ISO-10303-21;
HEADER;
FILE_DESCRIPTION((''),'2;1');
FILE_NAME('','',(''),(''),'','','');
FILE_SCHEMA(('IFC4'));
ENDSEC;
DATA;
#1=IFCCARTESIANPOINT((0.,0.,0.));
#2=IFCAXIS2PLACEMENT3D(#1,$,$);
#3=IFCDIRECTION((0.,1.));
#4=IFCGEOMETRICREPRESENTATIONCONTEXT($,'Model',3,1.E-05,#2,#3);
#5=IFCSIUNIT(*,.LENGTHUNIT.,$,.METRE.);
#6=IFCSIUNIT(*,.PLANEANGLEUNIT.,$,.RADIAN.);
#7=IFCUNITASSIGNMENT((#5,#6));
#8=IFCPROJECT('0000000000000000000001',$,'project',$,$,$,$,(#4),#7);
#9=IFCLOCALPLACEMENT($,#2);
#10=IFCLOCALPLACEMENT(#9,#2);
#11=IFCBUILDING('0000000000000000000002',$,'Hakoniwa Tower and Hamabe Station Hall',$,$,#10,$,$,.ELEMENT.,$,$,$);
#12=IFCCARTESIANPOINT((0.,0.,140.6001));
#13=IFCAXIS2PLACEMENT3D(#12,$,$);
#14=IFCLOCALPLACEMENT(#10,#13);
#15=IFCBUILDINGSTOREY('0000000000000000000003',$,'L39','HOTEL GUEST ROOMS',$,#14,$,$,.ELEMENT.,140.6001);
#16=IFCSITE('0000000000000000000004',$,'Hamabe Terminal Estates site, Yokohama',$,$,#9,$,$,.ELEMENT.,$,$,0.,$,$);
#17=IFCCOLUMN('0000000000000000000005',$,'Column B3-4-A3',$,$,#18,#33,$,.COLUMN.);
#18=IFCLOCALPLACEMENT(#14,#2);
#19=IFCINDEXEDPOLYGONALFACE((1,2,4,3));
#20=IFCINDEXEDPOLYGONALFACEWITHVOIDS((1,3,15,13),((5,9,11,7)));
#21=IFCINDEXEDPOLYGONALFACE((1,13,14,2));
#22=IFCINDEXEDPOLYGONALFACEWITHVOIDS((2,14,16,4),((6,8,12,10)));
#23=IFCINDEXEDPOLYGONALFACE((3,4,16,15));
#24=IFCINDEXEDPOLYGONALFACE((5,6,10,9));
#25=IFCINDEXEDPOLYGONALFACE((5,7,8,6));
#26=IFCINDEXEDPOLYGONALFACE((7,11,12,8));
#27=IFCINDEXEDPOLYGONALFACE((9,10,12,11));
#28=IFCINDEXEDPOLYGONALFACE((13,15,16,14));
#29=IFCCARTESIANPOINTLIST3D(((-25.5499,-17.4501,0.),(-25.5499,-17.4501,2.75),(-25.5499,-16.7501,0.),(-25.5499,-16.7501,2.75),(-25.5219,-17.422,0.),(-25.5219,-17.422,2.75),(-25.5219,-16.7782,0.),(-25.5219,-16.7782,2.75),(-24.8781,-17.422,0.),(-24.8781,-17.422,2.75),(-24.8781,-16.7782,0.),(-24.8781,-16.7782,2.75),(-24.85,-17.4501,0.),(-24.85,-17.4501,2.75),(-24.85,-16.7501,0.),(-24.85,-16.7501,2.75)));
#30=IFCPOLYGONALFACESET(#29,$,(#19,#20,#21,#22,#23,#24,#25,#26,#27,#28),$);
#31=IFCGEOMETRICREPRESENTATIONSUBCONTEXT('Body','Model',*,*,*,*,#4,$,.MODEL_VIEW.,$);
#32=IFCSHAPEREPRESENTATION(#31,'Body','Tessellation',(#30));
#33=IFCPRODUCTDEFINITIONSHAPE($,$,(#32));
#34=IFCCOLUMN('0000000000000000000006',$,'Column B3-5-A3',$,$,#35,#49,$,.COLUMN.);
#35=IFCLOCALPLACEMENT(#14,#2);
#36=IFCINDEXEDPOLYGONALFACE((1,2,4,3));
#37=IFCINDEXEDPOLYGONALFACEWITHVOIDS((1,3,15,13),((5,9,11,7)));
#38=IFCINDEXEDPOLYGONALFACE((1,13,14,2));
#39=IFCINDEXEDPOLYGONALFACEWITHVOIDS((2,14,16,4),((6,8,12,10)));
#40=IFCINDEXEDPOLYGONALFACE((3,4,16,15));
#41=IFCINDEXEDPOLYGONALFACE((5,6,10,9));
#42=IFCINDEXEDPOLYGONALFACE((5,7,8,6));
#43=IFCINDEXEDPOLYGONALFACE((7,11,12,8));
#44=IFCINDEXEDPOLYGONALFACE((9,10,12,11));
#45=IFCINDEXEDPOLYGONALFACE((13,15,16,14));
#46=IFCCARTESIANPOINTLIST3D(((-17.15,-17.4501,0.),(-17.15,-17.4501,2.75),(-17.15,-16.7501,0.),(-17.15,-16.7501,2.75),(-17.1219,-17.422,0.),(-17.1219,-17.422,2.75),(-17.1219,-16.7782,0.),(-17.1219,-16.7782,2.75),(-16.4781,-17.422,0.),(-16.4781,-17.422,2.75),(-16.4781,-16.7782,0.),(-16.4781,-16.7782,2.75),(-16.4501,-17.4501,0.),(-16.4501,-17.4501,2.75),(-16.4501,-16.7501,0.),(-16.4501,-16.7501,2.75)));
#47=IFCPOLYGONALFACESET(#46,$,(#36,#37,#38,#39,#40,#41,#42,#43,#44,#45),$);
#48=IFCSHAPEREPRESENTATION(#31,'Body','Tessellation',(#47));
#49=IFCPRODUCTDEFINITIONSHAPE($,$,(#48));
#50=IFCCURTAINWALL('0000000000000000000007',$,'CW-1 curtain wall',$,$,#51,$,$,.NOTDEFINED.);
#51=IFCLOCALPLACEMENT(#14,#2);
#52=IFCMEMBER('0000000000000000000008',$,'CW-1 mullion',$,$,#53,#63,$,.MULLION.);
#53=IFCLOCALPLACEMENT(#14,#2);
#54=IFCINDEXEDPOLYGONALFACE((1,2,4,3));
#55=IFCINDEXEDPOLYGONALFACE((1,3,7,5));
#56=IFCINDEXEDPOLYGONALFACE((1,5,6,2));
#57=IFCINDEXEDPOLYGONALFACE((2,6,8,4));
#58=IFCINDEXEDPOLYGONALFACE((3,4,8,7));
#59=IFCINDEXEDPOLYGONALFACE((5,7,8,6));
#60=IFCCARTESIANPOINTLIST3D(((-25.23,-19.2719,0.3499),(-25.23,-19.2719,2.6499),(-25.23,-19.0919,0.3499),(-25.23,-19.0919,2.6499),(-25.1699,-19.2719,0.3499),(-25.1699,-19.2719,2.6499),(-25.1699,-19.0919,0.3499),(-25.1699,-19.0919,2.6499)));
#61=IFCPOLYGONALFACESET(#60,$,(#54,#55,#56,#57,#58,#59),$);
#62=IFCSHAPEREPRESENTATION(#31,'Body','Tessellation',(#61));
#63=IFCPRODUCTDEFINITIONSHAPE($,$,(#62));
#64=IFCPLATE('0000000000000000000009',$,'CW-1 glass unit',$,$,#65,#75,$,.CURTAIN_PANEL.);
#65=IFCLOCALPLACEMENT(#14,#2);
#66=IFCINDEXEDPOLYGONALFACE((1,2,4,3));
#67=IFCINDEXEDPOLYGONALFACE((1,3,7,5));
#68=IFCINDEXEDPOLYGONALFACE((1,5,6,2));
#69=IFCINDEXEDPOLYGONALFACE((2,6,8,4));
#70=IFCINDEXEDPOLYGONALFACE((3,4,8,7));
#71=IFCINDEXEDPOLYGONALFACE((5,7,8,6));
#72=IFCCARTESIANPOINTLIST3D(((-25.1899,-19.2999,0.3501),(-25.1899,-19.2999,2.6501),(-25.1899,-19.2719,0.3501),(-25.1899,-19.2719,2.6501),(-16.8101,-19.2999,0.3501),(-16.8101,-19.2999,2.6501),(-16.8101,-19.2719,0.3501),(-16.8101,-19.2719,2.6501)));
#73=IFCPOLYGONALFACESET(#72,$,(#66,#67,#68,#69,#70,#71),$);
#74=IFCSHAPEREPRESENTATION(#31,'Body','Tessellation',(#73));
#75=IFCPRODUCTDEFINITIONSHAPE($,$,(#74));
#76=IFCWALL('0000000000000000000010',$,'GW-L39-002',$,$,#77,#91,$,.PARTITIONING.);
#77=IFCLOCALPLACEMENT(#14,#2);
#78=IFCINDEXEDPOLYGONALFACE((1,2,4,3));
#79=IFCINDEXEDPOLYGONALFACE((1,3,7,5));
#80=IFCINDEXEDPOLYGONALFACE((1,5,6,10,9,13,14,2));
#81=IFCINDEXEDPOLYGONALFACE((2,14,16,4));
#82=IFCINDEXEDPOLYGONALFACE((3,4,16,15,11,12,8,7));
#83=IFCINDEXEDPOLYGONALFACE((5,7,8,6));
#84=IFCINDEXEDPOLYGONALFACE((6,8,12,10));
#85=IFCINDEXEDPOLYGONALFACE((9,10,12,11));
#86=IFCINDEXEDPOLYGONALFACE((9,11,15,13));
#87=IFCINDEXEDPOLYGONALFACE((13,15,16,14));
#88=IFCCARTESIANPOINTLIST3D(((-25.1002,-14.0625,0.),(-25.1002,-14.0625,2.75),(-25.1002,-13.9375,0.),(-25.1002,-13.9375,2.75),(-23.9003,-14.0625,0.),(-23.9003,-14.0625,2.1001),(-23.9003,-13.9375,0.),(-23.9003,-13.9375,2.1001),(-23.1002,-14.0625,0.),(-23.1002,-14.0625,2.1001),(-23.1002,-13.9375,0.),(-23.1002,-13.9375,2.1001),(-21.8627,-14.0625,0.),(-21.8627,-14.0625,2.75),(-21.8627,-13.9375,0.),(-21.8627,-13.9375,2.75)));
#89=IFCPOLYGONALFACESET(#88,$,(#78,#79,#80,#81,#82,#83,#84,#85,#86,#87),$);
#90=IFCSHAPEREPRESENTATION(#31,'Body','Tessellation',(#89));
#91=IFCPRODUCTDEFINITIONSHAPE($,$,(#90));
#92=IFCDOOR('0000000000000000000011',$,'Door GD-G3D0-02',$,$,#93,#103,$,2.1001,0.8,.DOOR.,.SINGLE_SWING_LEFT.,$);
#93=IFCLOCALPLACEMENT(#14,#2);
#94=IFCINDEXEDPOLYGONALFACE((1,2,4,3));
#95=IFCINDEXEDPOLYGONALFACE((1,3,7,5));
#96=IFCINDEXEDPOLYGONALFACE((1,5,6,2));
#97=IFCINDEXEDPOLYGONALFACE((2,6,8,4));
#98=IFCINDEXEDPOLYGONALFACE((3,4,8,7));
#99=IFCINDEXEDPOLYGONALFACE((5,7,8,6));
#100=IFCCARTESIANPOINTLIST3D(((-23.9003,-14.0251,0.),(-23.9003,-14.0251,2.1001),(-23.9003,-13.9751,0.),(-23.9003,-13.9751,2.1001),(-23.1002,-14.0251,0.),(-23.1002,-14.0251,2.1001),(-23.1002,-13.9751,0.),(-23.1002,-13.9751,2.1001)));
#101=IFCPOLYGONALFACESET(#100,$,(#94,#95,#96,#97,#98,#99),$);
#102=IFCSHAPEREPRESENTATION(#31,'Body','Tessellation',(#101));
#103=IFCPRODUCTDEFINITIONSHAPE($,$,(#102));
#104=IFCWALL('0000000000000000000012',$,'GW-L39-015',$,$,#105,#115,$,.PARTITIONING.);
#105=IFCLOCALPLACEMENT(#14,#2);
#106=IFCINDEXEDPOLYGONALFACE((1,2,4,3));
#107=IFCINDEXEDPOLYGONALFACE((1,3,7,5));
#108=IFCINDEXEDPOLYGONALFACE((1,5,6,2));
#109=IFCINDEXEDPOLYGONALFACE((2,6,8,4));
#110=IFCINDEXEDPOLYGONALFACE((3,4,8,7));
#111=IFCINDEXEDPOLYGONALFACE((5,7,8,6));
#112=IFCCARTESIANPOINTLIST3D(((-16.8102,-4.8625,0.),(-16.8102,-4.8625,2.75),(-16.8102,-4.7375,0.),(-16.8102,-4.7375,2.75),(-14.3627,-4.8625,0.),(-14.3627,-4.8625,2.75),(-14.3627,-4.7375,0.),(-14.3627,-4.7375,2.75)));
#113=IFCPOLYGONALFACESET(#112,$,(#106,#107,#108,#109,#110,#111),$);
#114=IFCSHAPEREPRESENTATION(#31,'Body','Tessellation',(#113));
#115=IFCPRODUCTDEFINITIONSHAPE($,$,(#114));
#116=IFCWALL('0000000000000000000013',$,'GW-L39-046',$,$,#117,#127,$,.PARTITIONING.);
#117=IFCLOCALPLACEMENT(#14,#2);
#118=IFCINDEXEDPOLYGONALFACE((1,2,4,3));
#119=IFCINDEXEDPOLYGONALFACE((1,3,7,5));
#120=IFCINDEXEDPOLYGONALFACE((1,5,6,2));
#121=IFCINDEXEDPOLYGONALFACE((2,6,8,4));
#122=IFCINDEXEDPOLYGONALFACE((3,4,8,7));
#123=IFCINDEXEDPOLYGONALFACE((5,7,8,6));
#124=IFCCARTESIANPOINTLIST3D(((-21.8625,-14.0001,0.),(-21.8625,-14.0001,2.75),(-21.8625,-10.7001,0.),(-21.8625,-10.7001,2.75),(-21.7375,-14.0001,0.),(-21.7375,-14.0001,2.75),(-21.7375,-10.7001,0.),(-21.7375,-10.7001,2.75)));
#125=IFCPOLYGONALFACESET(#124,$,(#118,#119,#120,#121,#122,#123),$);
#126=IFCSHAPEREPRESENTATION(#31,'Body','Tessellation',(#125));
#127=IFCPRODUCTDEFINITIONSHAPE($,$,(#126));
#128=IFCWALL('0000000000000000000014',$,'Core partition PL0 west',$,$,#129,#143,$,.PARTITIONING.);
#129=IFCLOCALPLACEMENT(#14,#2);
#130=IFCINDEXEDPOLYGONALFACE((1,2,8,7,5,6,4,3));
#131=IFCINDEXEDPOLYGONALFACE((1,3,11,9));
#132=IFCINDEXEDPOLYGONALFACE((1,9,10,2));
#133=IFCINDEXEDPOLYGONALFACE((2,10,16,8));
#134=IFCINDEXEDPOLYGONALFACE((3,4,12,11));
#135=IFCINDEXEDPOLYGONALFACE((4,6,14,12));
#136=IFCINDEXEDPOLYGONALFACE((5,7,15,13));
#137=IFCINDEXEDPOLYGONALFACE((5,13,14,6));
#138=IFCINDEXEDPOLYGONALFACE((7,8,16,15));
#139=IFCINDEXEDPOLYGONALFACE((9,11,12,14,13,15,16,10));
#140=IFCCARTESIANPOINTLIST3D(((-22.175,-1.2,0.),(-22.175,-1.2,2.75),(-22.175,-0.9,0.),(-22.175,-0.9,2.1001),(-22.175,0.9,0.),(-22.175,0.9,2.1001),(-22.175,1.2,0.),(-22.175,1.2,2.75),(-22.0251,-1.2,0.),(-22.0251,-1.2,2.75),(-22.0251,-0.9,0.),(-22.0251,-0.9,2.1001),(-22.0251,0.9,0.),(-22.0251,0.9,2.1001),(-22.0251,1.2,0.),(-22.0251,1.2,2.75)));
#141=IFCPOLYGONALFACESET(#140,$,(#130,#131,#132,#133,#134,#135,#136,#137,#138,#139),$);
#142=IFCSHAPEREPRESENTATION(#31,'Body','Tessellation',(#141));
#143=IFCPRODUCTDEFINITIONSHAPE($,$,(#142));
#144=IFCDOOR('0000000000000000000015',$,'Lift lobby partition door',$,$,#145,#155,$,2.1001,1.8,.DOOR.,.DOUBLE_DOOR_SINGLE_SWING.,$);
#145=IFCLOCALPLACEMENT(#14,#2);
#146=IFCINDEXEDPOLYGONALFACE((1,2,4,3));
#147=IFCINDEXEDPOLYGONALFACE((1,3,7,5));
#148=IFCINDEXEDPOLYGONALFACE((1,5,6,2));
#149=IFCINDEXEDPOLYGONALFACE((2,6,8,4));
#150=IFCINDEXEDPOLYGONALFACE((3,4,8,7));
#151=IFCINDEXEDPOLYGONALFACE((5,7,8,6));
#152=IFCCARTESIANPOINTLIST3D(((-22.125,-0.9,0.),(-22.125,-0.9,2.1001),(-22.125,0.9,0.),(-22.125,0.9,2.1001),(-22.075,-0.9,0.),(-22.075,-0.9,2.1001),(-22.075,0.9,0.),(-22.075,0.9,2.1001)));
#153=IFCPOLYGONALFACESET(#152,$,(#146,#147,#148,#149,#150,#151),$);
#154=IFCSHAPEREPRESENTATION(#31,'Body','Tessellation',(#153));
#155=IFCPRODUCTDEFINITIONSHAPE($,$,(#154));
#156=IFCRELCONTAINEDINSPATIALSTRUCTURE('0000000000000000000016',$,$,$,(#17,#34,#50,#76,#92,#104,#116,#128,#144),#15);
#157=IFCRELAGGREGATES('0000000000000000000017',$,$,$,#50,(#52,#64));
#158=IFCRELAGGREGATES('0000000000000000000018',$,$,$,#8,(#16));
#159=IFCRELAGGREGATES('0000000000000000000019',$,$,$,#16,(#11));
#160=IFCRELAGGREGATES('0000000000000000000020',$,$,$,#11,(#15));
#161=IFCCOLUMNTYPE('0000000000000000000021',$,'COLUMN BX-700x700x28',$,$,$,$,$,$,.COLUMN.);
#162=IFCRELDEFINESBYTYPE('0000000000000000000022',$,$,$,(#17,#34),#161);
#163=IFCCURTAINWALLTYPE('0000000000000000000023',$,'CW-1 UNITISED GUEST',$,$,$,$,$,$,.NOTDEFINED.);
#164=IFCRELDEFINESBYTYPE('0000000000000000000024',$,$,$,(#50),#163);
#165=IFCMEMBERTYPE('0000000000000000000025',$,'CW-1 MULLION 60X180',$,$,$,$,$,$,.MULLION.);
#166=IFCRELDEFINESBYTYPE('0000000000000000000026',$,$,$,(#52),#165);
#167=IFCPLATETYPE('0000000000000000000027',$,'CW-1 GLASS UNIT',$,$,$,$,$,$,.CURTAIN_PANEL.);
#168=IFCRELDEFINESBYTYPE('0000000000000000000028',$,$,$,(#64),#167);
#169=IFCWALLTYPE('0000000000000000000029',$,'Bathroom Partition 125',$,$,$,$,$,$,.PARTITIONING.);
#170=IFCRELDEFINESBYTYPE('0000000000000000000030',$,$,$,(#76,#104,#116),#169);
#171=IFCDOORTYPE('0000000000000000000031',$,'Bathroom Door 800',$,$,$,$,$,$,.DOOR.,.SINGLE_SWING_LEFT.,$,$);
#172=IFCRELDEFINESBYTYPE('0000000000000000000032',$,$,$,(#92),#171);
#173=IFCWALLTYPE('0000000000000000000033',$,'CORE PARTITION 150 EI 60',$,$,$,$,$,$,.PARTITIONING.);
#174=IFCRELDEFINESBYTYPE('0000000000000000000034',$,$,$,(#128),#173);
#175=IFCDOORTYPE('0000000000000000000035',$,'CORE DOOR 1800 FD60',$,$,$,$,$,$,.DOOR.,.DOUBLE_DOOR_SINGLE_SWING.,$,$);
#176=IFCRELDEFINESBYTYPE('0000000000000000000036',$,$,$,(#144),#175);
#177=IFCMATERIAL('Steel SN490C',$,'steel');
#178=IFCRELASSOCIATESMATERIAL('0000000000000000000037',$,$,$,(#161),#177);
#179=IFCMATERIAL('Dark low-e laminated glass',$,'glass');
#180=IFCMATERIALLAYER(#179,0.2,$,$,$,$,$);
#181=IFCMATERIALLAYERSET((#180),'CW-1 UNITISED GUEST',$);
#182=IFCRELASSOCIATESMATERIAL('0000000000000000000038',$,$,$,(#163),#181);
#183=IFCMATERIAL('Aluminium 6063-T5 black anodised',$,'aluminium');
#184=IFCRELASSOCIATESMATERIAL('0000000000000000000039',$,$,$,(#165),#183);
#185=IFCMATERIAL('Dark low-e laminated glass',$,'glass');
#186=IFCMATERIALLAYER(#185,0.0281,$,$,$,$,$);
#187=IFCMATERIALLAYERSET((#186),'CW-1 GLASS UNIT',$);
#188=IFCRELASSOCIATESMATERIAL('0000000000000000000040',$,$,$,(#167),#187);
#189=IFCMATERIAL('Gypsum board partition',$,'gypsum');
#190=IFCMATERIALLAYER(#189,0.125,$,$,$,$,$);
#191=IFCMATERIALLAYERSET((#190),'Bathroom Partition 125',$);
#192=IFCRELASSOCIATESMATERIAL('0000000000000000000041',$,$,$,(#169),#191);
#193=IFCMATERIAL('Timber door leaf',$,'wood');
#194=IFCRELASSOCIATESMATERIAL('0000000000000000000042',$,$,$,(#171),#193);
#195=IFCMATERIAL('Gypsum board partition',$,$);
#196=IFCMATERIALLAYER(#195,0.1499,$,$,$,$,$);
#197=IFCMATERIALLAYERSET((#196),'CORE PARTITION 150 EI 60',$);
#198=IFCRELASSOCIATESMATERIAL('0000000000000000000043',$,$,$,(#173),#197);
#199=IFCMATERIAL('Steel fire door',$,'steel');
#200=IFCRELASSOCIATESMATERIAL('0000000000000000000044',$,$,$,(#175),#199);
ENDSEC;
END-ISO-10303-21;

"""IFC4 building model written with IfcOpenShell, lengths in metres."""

from ifc_helpers import new_model, si_unit, direction, frame, frame_2d, origin, origin_2d, place, context, subcontext, project, spatial, rectangle, hollow_rectangle, extrude, material, layer, layer_set, material_profile, profile_set, type_object, element, fill, aggregate, save


model = new_model("IFC4")

# Units and contexts
model_context = context("Model", 3, precision=1e-05, world=origin(), true_north=direction((0.0, 1.0)))
body_context = subcontext(model_context, "Body", "Model", "MODEL_VIEW")
ifc_project = project(units=[si_unit("LENGTHUNIT", "METRE"), si_unit("PLANEANGLEUNIT", "RADIAN")], contexts=[model_context])

# Site, building, storey
site_placement = place(None, origin())
site = spatial("IfcSite", under=ifc_project, at=site_placement, Name="Hamabe Terminal Estates site, Yokohama", CompositionType="ELEMENT", RefElevation=0.0)
building_placement = place(site_placement, origin())
building = spatial("IfcBuilding", under=site, at=building_placement, Name="Hakoniwa Tower and Hamabe Station Hall", CompositionType="ELEMENT")
storey_placement = place(building_placement, frame((0.0, 0.0, 140.6001)))
storey = spatial("IfcBuildingStorey", under=building, at=storey_placement, Name="L39", Description="HOTEL GUEST ROOMS", CompositionType="ELEMENT", Elevation=140.6001)

# Columns
ifc_material_1 = material(Name="Steel SN490C", Category="steel")
ifc_material_profile_1 = material_profile(ifc_material_1, hollow_rectangle(XDim=0.7, YDim=0.7, WallThickness=0.0281, at=origin_2d()), Name="BX-700x700x28")
ifc_profile_set_1 = profile_set([ifc_material_profile_1], Name="Steel SN490C")
column_type = type_object("IfcColumnType", Name="COLUMN BX-700x700x28", PredefinedType="COLUMN", material=ifc_profile_set_1)
for number, where, z_axis, x_axis, name in (
    (1, (-25.2, -17.1001, 0.0), (0.0, 0.0, 1.0), (1.0, 0.0, 0.0), "Column B3-4-A3"),
    (2, (-16.8, -17.1001, 0.0), (0.0, 0.0, 1.0), (1.0, 0.0, 0.0), "Column B3-5-A3"),
):
    element("IfcColumn", number, at=place(storey_placement, frame(where, z_axis=z_axis, x_axis=x_axis)), inside=storey, type_object=column_type, Name=name, PredefinedType="COLUMN", context=body_context, shape_type="SweptSolid", body=[
        extrude(hollow_rectangle(XDim=0.7, YDim=0.7, WallThickness=0.0281, at=origin_2d()), origin(), (0.0, 0.0, 1.0), 2.75),
    ])

# Curtain wall, member, plate
ifc_material_2 = material(Name="Dark low-e laminated glass", Category="glass")
ifc_layer_1 = layer(ifc_material_2, 0.2)
ifc_layer_set_1 = layer_set([ifc_layer_1], Name="CW-1 UNITISED GUEST")
curtain_wall_type = type_object("IfcCurtainWallType", Name="CW-1 UNITISED GUEST", PredefinedType="NOTDEFINED", material=ifc_layer_set_1)
curtain_wall_placement = place(storey_placement, origin())
curtain_wall = element("IfcCurtainWall", 3, at=curtain_wall_placement, inside=storey, type_object=curtain_wall_type, Name="CW-1 curtain wall", PredefinedType="NOTDEFINED")
ifc_material_3 = material(Name="Aluminium 6063-T5 black anodised", Category="aluminium")
ifc_material_profile_2 = material_profile(ifc_material_3, rectangle(XDim=0.0601, YDim=0.1799, at=origin_2d()), Name="CW-1 MULLION 60X180")
ifc_profile_set_2 = profile_set([ifc_material_profile_2], Name="Aluminium 6063-T5 black anodised")
member_type = type_object("IfcMemberType", Name="CW-1 MULLION 60X180", PredefinedType="MULLION", material=ifc_profile_set_2)
member_placement = place(storey_placement, frame((-25.2, -19.1819, 0.3499), z_axis=(0.0, 0.0, 1.0), x_axis=(1.0, 0.0, 0.0)))
member = element("IfcMember", 4, at=member_placement, type_object=member_type, Name="CW-1 mullion", PredefinedType="MULLION", context=body_context, shape_type="SweptSolid", body=[
    extrude(rectangle(XDim=0.0601, YDim=0.1799, at=origin_2d()), origin(), (0.0, 0.0, 1.0), 2.3),
])
ifc_material_4 = material(Name="Dark low-e laminated glass", Category="glass")
ifc_layer_2 = layer(ifc_material_4, 0.0281)
ifc_layer_set_2 = layer_set([ifc_layer_2], Name="CW-1 GLASS UNIT")
plate_type = type_object("IfcPlateType", Name="CW-1 GLASS UNIT", PredefinedType="CURTAIN_PANEL", material=ifc_layer_set_2)
plate_placement = place(storey_placement, frame((-21.0, -19.2859, 0.3501), z_axis=(0.0, 0.0, 1.0), x_axis=(1.0, 0.0, 0.0)))
plate = element("IfcPlate", 5, at=plate_placement, type_object=plate_type, Name="CW-1 glass unit", PredefinedType="CURTAIN_PANEL", context=body_context, shape_type="SweptSolid", body=[
    extrude(rectangle(XDim=8.3799, YDim=0.0281, at=origin_2d()), origin(), (0.0, 0.0, 1.0), 2.3),
])
aggregate(curtain_wall, [member, plate])

# Wall, opening, door
ifc_material_5 = material(Name="Gypsum board partition", Category="gypsum")
ifc_layer_3 = layer(ifc_material_5, 0.125)
ifc_layer_set_3 = layer_set([ifc_layer_3], Name="Bathroom Partition 125")
wall_type_1 = type_object("IfcWallType", Name="Bathroom Partition 125", PredefinedType="PARTITIONING", material=ifc_layer_set_3)
wall_1_placement = place(storey_placement, frame((-25.1001, -14.0, 0.0), z_axis=(0.0, 0.0, 1.0), x_axis=(1.0, 0.0, 0.0)))
wall_1 = element("IfcWall", 6, at=wall_1_placement, inside=storey, type_object=wall_type_1, Name="GW-L39-002", PredefinedType="PARTITIONING", context=body_context, shape_type="SweptSolid", body=[
    extrude(rectangle(XDim=3.2375, YDim=0.125, at=frame_2d((1.6187, 0.0))), origin(), (0.0, 0.0, 1.0), 2.75),
])
opening_1_placement = place(wall_1_placement, frame((1.2, 0.0, 0.0)))
opening_1 = element("IfcOpeningElement", 7, at=opening_1_placement, cuts=wall_1, PredefinedType="OPENING", context=body_context, shape_type="SweptSolid", body=[
    extrude(rectangle(XDim=0.8, YDim=2.1001, at=frame_2d((0.3999, 1.05))), frame((0.0, 0.0725, 0.0), z_axis=(0.0, -1.0, 0.0), x_axis=(1.0, 0.0, 0.0)), (0.0, 0.0, 1.0), 0.145),
])
ifc_material_6 = material(Name="Timber door leaf", Category="wood")
door_type_1 = type_object("IfcDoorType", Name="Bathroom Door 800", OperationType="SINGLE_SWING_LEFT", PredefinedType="DOOR", material=ifc_material_6)
door_1_placement = place(opening_1_placement, origin())
door_1 = element("IfcDoor", 8, at=door_1_placement, inside=storey, type_object=door_type_1, Name="Door GD-G3D0-02", OperationType="SINGLE_SWING_LEFT", OverallHeight=2.1001, OverallWidth=0.8, PredefinedType="DOOR", context=body_context, shape_type="SweptSolid", body=[
    extrude(rectangle(XDim=0.8, YDim=2.1001, at=frame_2d((0.3999, 1.05))), frame((0.0, 0.0249, 0.0), z_axis=(0.0, -1.0, 0.0), x_axis=(1.0, 0.0, 0.0)), (0.0, 0.0, 1.0), 0.05),
])
fill(opening_1, door_1)

# Walls
wall_2_placement = place(storey_placement, frame((-16.8101, -4.8, 0.0), z_axis=(0.0, 0.0, 1.0), x_axis=(1.0, 0.0, 0.0)))
element("IfcWall", 9, at=wall_2_placement, inside=storey, type_object=wall_type_1, Name="GW-L39-015", PredefinedType="PARTITIONING", context=body_context, shape_type="SweptSolid", body=[
    extrude(rectangle(XDim=2.4475, YDim=0.125, at=frame_2d((1.2236, 0.0))), origin(), (0.0, 0.0, 1.0), 2.75),
])
wall_3_placement = place(storey_placement, frame((-21.8, -14.0, 0.0), z_axis=(0.0, 0.0, 1.0), x_axis=(0.0, 1.0, 0.0)))
element("IfcWall", 10, at=wall_3_placement, inside=storey, type_object=wall_type_1, Name="GW-L39-046", PredefinedType="PARTITIONING", context=body_context, shape_type="SweptSolid", body=[
    extrude(rectangle(XDim=3.3, YDim=0.125, at=frame_2d((1.6499, 0.0))), origin(), (0.0, 0.0, 1.0), 2.75),
])

# Wall, opening, door
ifc_material_7 = material(Name="Gypsum board partition")
ifc_layer_4 = layer(ifc_material_7, 0.1499)
ifc_layer_set_4 = layer_set([ifc_layer_4], Name="CORE PARTITION 150 EI 60")
wall_type_2 = type_object("IfcWallType", Name="CORE PARTITION 150 EI 60", PredefinedType="PARTITIONING", material=ifc_layer_set_4)
wall_4_placement = place(storey_placement, frame((-22.1001, -1.2, 0.0), z_axis=(0.0, 0.0, 1.0), x_axis=(0.0, 1.0, 0.0)))
wall_4 = element("IfcWall", 11, at=wall_4_placement, inside=storey, type_object=wall_type_2, Name="Core partition PL0 west", PredefinedType="PARTITIONING", context=body_context, shape_type="SweptSolid", body=[
    extrude(rectangle(XDim=2.3999, YDim=0.1499, at=frame_2d((1.2, 0.0))), origin(), (0.0, 0.0, 1.0), 2.75),
])
opening_2_placement = place(wall_4_placement, frame((0.3, 0.0, 0.0)))
opening_2 = element("IfcOpeningElement", 12, at=opening_2_placement, cuts=wall_4, PredefinedType="OPENING", context=body_context, shape_type="SweptSolid", body=[
    extrude(rectangle(XDim=1.8, YDim=2.1001, at=frame_2d((0.8999, 1.05))), frame((0.0, 0.085, 0.0), z_axis=(0.0, -1.0, 0.0), x_axis=(1.0, 0.0, 0.0)), (0.0, 0.0, 1.0), 0.1699),
])
ifc_material_8 = material(Name="Steel fire door", Category="steel")
door_type_2 = type_object("IfcDoorType", Name="CORE DOOR 1800 FD60", OperationType="DOUBLE_DOOR_SINGLE_SWING", PredefinedType="DOOR", material=ifc_material_8)
door_2_placement = place(opening_2_placement, origin())
door_2 = element("IfcDoor", 13, at=door_2_placement, inside=storey, type_object=door_type_2, Name="Lift lobby partition door", OperationType="DOUBLE_DOOR_SINGLE_SWING", OverallHeight=2.1001, OverallWidth=1.8, PredefinedType="DOOR", context=body_context, shape_type="SweptSolid", body=[
    extrude(rectangle(XDim=1.8, YDim=2.1001, at=frame_2d((0.8999, 1.05))), frame((0.0, 0.0249, 0.0), z_axis=(0.0, -1.0, 0.0), x_axis=(1.0, 0.0, 0.0)), (0.0, 0.0, 1.0), 0.05),
])
fill(opening_2, door_2)

save(model, "model.ifc")
